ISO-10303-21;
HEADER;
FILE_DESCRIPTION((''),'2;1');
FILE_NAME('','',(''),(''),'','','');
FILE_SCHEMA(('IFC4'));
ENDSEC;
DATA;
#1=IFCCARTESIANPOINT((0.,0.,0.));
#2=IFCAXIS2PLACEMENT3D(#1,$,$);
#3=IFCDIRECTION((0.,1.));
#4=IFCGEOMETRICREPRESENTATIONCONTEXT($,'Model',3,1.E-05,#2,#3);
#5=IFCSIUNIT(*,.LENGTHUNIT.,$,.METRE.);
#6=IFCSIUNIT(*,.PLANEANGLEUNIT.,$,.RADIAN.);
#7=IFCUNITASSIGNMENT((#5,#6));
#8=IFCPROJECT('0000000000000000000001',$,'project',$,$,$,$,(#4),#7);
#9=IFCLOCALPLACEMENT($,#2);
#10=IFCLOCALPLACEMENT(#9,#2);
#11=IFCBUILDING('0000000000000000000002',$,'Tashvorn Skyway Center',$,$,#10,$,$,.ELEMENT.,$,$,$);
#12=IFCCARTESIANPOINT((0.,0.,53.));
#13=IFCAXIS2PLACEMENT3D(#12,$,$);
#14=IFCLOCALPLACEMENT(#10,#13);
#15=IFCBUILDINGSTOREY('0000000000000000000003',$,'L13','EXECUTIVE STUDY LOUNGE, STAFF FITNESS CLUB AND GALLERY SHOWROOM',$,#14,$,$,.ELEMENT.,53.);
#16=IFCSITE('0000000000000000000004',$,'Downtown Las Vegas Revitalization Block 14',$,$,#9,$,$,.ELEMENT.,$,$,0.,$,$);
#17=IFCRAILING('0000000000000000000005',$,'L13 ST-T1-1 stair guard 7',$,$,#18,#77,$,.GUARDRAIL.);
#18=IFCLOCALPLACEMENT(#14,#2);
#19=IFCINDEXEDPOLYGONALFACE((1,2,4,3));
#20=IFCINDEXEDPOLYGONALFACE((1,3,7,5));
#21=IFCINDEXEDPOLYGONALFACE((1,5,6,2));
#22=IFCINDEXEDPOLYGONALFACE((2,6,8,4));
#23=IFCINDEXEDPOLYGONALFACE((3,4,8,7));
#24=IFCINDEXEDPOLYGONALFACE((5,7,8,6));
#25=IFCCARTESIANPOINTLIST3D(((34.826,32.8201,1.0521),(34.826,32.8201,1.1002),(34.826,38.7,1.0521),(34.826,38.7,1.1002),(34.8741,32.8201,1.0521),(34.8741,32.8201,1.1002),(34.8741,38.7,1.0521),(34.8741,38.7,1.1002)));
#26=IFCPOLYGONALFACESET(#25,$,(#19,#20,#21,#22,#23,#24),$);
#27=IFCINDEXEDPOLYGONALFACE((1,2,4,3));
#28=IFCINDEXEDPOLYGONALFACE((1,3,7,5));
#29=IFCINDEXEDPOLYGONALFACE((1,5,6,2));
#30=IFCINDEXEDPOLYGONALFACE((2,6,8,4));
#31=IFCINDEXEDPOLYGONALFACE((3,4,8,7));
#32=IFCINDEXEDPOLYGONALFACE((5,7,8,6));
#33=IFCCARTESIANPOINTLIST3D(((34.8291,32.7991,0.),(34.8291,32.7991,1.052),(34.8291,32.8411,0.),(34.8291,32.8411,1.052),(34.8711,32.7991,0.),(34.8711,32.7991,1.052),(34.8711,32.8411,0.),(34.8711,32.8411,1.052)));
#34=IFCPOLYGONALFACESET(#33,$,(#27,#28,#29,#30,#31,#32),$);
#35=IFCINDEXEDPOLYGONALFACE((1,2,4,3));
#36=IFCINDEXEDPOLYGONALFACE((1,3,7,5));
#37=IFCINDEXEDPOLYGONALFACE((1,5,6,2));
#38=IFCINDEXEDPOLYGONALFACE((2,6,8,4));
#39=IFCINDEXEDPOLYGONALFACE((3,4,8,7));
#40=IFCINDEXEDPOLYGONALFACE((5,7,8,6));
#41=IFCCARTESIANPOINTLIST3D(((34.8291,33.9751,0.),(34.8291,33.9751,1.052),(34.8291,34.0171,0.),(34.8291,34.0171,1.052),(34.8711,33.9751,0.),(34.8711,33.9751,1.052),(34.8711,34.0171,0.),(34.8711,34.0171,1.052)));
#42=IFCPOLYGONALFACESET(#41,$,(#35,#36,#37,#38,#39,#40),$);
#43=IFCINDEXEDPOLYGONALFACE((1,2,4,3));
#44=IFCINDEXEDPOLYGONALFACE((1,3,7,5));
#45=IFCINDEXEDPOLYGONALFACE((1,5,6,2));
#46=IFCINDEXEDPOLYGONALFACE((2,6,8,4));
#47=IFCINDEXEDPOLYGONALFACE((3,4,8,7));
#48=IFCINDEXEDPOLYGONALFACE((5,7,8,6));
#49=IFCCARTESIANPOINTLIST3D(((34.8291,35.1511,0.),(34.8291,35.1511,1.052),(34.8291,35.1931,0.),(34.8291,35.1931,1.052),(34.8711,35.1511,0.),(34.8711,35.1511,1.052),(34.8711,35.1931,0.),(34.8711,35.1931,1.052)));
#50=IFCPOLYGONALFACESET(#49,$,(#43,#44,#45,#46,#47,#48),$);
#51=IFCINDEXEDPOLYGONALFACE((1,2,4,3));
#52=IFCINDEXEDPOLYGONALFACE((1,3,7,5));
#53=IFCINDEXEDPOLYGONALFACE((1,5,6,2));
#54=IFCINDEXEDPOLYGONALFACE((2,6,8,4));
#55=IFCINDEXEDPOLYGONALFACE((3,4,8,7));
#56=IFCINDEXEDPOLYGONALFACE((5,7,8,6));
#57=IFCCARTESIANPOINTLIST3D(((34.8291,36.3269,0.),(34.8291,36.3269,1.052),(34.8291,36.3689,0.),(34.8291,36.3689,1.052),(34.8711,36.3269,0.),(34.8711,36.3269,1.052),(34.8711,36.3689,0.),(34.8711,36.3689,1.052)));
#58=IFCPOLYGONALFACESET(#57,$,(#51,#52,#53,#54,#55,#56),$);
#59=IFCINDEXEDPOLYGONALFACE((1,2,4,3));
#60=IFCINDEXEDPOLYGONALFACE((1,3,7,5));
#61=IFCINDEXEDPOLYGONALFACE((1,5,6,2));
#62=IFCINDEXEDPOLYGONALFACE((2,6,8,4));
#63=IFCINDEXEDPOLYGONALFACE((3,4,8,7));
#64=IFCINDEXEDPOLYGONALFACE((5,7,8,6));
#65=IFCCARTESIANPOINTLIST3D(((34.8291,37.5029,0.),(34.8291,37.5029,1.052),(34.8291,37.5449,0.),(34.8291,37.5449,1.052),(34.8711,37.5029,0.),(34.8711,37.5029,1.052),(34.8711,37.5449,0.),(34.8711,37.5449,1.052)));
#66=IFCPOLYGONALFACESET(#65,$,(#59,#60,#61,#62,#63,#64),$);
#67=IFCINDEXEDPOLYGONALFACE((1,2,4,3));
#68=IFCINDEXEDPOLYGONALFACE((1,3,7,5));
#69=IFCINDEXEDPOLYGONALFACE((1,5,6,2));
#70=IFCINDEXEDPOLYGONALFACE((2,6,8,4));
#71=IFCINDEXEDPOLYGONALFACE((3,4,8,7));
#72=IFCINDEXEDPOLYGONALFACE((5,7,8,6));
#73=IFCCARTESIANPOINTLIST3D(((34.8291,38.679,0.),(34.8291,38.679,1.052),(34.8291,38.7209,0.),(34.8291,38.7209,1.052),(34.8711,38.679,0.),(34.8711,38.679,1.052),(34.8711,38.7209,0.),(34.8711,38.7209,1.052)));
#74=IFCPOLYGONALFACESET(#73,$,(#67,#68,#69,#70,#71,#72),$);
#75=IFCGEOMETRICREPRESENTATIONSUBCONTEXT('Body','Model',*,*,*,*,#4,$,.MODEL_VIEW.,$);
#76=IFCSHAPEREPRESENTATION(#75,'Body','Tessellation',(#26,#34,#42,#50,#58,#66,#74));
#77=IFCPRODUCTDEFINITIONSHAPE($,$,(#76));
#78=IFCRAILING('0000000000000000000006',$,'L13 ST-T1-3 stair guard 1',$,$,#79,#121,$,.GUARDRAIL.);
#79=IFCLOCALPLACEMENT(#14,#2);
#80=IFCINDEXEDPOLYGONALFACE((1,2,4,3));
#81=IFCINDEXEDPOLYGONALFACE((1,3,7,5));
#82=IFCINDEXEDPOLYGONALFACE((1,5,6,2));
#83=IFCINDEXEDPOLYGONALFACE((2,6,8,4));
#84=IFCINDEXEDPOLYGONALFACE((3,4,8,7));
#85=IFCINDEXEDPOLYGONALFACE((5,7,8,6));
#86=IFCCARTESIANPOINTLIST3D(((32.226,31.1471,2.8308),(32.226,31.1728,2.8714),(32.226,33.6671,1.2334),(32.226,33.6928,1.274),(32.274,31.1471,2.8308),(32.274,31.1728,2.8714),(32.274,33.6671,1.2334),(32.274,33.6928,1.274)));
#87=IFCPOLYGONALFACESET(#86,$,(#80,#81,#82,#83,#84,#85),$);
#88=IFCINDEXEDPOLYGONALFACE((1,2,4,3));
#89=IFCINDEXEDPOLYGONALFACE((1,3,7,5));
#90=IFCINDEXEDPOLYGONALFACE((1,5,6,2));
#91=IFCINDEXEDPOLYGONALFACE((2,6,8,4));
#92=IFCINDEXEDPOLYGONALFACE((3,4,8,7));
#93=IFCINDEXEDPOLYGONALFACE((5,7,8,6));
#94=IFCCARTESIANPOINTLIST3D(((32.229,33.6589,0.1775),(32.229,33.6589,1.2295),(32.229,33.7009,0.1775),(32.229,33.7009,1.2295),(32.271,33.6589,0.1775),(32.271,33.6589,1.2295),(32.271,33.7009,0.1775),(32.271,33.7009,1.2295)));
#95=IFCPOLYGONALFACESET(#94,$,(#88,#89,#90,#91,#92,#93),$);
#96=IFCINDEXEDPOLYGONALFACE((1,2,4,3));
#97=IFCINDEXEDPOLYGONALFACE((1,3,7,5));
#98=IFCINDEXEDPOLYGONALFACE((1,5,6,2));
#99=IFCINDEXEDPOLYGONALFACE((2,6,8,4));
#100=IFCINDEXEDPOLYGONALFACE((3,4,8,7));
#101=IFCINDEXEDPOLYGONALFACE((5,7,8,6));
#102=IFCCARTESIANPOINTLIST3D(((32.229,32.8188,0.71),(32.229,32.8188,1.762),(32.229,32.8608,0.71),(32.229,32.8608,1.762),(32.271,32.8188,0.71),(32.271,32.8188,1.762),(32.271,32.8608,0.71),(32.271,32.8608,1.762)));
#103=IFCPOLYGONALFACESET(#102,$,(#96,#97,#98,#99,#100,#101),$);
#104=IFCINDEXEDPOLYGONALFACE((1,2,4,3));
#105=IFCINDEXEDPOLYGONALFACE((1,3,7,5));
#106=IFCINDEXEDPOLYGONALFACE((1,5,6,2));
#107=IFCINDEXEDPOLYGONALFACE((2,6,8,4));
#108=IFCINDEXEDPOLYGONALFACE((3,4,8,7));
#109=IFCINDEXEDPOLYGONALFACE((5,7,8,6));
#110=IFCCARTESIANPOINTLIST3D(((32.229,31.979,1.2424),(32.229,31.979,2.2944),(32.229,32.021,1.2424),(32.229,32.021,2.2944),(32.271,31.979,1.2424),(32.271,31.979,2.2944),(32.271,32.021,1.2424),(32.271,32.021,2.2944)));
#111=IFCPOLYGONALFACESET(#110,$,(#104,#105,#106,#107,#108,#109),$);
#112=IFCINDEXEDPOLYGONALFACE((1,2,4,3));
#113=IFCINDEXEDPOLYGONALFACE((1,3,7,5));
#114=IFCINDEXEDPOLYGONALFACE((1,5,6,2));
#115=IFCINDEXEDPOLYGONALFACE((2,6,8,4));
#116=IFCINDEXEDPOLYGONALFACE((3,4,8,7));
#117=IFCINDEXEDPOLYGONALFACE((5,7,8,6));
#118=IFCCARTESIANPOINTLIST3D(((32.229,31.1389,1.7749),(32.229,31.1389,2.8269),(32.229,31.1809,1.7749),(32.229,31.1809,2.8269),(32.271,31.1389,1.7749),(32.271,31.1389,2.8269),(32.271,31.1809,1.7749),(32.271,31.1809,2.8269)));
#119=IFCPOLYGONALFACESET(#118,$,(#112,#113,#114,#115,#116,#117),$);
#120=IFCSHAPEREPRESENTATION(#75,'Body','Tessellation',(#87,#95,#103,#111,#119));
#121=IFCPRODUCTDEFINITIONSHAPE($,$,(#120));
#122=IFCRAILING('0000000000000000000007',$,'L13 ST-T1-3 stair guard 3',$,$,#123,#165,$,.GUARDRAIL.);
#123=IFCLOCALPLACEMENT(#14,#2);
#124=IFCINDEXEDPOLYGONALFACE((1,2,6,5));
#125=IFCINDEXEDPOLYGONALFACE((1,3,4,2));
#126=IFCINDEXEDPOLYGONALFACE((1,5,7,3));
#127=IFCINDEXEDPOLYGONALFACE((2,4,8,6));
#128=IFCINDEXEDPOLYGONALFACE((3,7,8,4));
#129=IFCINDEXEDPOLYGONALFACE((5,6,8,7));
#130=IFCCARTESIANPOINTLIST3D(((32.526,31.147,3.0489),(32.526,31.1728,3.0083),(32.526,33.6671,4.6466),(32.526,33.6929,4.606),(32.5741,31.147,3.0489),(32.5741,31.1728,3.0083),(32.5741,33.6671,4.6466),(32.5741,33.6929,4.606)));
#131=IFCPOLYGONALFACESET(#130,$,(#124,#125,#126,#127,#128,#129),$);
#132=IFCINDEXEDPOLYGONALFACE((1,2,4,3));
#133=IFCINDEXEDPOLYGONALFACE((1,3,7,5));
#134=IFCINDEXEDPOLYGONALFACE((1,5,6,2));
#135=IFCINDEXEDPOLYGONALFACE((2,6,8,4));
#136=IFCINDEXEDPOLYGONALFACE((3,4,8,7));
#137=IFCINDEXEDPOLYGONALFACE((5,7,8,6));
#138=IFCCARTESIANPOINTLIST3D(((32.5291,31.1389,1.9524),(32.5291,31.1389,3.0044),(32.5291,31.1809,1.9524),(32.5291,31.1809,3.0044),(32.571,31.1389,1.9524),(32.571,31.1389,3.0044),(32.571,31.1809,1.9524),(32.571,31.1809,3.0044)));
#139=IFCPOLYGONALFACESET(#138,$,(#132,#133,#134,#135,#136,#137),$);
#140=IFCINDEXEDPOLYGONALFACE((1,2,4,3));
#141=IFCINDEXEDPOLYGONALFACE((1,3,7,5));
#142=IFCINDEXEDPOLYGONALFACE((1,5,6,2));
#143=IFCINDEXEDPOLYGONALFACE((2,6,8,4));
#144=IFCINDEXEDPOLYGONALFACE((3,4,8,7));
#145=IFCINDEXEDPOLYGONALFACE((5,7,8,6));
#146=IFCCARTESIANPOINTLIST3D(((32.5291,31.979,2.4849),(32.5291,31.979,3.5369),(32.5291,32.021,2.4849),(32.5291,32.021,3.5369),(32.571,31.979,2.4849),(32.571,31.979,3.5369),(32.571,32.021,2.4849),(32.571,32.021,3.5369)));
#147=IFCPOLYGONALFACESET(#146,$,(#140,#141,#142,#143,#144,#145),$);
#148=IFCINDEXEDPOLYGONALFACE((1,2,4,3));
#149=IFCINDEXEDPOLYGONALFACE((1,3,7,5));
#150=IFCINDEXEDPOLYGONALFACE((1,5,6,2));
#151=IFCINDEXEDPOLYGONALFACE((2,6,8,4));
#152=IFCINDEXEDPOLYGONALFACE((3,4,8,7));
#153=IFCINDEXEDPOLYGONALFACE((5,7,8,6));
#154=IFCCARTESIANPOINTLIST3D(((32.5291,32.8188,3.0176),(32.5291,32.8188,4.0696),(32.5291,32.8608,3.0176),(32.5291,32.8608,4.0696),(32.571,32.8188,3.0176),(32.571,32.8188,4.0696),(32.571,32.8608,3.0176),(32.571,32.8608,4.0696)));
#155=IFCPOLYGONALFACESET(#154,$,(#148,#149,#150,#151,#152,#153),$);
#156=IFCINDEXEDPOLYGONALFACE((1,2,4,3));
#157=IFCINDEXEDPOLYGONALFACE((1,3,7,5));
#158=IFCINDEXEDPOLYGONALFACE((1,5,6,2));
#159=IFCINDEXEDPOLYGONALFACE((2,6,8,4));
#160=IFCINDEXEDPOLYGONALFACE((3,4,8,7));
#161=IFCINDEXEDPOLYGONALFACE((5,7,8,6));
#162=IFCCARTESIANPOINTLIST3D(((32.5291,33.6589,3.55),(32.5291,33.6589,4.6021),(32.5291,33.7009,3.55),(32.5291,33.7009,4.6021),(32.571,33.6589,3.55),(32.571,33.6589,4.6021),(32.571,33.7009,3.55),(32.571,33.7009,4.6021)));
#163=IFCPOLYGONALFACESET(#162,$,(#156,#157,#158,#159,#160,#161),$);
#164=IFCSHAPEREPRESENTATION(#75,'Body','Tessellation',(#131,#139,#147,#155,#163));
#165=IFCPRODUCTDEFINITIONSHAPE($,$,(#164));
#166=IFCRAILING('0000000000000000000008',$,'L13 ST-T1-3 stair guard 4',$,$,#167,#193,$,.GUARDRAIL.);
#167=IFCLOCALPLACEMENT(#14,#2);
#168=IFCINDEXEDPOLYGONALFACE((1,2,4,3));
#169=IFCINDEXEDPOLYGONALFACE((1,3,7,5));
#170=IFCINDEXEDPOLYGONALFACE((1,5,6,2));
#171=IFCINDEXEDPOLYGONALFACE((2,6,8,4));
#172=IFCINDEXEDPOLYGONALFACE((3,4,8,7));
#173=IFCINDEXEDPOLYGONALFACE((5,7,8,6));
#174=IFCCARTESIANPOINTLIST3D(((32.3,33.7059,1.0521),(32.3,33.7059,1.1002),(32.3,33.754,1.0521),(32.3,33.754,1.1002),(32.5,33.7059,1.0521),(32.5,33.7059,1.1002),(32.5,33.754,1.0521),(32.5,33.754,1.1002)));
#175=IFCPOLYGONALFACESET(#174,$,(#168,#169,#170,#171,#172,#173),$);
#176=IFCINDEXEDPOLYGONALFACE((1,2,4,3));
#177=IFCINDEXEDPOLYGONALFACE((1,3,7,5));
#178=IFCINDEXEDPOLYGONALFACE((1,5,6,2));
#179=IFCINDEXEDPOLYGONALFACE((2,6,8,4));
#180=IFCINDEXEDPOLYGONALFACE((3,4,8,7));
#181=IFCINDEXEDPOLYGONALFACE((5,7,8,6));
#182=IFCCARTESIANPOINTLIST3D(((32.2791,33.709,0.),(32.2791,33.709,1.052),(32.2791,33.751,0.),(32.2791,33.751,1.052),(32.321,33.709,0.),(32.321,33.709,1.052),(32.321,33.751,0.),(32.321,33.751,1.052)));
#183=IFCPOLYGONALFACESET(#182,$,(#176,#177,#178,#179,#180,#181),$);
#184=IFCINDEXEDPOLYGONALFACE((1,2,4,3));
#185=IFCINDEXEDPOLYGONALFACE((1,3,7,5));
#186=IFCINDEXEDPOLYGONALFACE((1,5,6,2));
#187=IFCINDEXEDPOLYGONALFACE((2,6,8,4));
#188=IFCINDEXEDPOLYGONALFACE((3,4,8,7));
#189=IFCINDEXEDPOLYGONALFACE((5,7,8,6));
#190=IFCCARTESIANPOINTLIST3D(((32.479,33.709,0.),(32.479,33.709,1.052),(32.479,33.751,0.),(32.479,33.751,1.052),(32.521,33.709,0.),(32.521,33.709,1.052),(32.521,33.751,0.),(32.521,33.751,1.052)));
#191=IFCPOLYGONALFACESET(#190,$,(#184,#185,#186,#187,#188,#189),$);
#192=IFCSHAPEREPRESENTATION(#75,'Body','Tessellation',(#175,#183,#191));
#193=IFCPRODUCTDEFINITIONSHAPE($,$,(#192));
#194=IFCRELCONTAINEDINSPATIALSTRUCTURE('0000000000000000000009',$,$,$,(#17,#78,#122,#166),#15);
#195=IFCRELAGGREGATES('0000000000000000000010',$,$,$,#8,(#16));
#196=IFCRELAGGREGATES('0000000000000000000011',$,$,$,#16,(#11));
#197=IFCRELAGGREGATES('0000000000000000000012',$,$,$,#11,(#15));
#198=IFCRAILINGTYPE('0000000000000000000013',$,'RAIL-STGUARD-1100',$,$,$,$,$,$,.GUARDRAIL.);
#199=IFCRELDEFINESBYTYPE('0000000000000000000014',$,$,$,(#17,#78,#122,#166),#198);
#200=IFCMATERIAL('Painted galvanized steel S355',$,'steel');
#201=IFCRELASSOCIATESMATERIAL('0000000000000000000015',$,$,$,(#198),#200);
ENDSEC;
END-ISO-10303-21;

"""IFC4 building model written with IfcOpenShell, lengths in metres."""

from ifc_helpers import new_model, si_unit, direction, frame, origin, origin_2d, place, context, subcontext, project, spatial, rectangle, extrude, material, type_object, element, save


model = new_model("IFC4")

# Units and contexts
model_context = context("Model", 3, precision=1e-05, world=origin(), true_north=direction((0.0, 1.0)))
body_context = subcontext(model_context, "Body", "Model", "MODEL_VIEW")
ifc_project = project(units=[si_unit("LENGTHUNIT", "METRE"), si_unit("PLANEANGLEUNIT", "RADIAN")], contexts=[model_context])

# Site, building, storey
site_placement = place(None, origin())
site = spatial("IfcSite", under=ifc_project, at=site_placement, Name="Downtown Las Vegas Revitalization Block 14", CompositionType="ELEMENT", RefElevation=0.0)
building_placement = place(site_placement, origin())
building = spatial("IfcBuilding", under=site, at=building_placement, Name="Tashvorn Skyway Center", CompositionType="ELEMENT")
storey_placement = place(building_placement, frame((0.0, 0.0, 53.0)))
storey = spatial("IfcBuildingStorey", under=building, at=storey_placement, Name="L13", Description="EXECUTIVE STUDY LOUNGE, STAFF FITNESS CLUB AND GALLERY SHOWROOM", CompositionType="ELEMENT", Elevation=53.0)

# Railings
ifc_material_1 = material(Name="Painted galvanized steel S355", Category="steel")
railing_type_1 = type_object("IfcRailingType", Name="RAIL-STGUARD-1100", PredefinedType="GUARDRAIL", material=ifc_material_1)
railing_1_placement = place(storey_placement, frame((34.8501, 32.8201, 0.0)))
element("IfcRailing", 1, at=railing_1_placement, inside=storey, type_object=railing_type_1, Name="L13 ST-T1-1 stair guard 7", PredefinedType="GUARDRAIL", context=body_context, shape_type="SweptSolid", body=[
    extrude(rectangle(XDim=0.0481, YDim=0.0481, at=origin_2d()), frame((0.0, 0.0, 1.0762), z_axis=(0.0, 1.0, 0.0), x_axis=(-1.0, 0.0, 0.0)), (0.0, 0.0, 1.0), 5.8799),
    extrude(rectangle(XDim=0.042, YDim=0.042, at=origin_2d()), origin(), (0.0, 0.0, 1.0), 1.052),
    extrude(rectangle(XDim=0.042, YDim=0.042, at=origin_2d()), frame((0.0, 1.176, 0.0)), (0.0, 0.0, 1.0), 1.052),
    extrude(rectangle(XDim=0.042, YDim=0.042, at=origin_2d()), frame((0.0, 2.3521, 0.0)), (0.0, 0.0, 1.0), 1.052),
    extrude(rectangle(XDim=0.042, YDim=0.042, at=origin_2d()), frame((0.0, 3.5278, 0.0)), (0.0, 0.0, 1.0), 1.052),
    extrude(rectangle(XDim=0.042, YDim=0.042, at=origin_2d()), frame((0.0, 4.7039, 0.0)), (0.0, 0.0, 1.0), 1.052),
    extrude(rectangle(XDim=0.042, YDim=0.042, at=origin_2d()), frame((0.0, 5.8799, 0.0)), (0.0, 0.0, 1.0), 1.052),
])
railing_2_placement = place(storey_placement, frame((32.25, 33.6799, 0.1775)))
element("IfcRailing", 2, at=railing_2_placement, inside=storey, type_object=railing_type_1, Name="L13 ST-T1-3 stair guard 1", PredefinedType="GUARDRAIL", context=body_context, shape_type="SweptSolid", body=[
    extrude(rectangle(XDim=0.0481, YDim=0.0481, at=origin_2d()), frame((0.0, 0.0, 1.0762), z_axis=(0.0, -0.844607, 0.535387), x_axis=(1.0, 0.0, 0.0)), (0.0, 0.0, 1.0), 2.9836),
    extrude(rectangle(XDim=0.042, YDim=0.042, at=origin_2d()), origin(), (0.0, 0.0, 1.0), 1.052),
    extrude(rectangle(XDim=0.042, YDim=0.042, at=origin_2d()), frame((0.0, -0.8401, 0.5325)), (0.0, 0.0, 1.0), 1.052),
    extrude(rectangle(XDim=0.042, YDim=0.042, at=origin_2d()), frame((0.0, -1.6799, 1.0649)), (0.0, 0.0, 1.0), 1.052),
    extrude(rectangle(XDim=0.042, YDim=0.042, at=origin_2d()), frame((0.0, -2.52, 1.5974)), (0.0, 0.0, 1.0), 1.052),
])
railing_3_placement = place(storey_placement, frame((32.55, 31.1599, 1.9524)))
element("IfcRailing", 3, at=railing_3_placement, inside=storey, type_object=railing_type_1, Name="L13 ST-T1-3 stair guard 3", PredefinedType="GUARDRAIL", context=body_context, shape_type="SweptSolid", body=[
    extrude(rectangle(XDim=0.0481, YDim=0.0481, at=origin_2d()), frame((0.0, 0.0, 1.0762), z_axis=(0.0, 0.84457, 0.535445), x_axis=(-1.0, 0.0, 0.0)), (0.0, 0.0, 1.0), 2.9839),
    extrude(rectangle(XDim=0.042, YDim=0.042, at=origin_2d()), origin(), (0.0, 0.0, 1.0), 1.052),
    extrude(rectangle(XDim=0.042, YDim=0.042, at=origin_2d()), frame((0.0, 0.8401, 0.5325)), (0.0, 0.0, 1.0), 1.052),
    extrude(rectangle(XDim=0.042, YDim=0.042, at=origin_2d()), frame((0.0, 1.6799, 1.0652)), (0.0, 0.0, 1.0), 1.052),
    extrude(rectangle(XDim=0.042, YDim=0.042, at=origin_2d()), frame((0.0, 2.52, 1.5977)), (0.0, 0.0, 1.0), 1.052),
])
railing_4_placement = place(storey_placement, frame((32.3, 33.73, 0.0)))
element("IfcRailing", 4, at=railing_4_placement, inside=storey, type_object=railing_type_1, Name="L13 ST-T1-3 stair guard 4", PredefinedType="GUARDRAIL", context=body_context, shape_type="SweptSolid", body=[
    extrude(rectangle(XDim=0.0481, YDim=0.0481, at=origin_2d()), frame((0.0, 0.0, 1.0762), z_axis=(1.0, 0.0, 0.0), x_axis=(0.0, 1.0, 0.0)), (0.0, 0.0, 1.0), 0.2),
    extrude(rectangle(XDim=0.042, YDim=0.042, at=origin_2d()), origin(), (0.0, 0.0, 1.0), 1.052),
    extrude(rectangle(XDim=0.042, YDim=0.042, at=origin_2d()), frame((0.2, 0.0, 0.0)), (0.0, 0.0, 1.0), 1.052),
])

save(model, "model.ifc")
